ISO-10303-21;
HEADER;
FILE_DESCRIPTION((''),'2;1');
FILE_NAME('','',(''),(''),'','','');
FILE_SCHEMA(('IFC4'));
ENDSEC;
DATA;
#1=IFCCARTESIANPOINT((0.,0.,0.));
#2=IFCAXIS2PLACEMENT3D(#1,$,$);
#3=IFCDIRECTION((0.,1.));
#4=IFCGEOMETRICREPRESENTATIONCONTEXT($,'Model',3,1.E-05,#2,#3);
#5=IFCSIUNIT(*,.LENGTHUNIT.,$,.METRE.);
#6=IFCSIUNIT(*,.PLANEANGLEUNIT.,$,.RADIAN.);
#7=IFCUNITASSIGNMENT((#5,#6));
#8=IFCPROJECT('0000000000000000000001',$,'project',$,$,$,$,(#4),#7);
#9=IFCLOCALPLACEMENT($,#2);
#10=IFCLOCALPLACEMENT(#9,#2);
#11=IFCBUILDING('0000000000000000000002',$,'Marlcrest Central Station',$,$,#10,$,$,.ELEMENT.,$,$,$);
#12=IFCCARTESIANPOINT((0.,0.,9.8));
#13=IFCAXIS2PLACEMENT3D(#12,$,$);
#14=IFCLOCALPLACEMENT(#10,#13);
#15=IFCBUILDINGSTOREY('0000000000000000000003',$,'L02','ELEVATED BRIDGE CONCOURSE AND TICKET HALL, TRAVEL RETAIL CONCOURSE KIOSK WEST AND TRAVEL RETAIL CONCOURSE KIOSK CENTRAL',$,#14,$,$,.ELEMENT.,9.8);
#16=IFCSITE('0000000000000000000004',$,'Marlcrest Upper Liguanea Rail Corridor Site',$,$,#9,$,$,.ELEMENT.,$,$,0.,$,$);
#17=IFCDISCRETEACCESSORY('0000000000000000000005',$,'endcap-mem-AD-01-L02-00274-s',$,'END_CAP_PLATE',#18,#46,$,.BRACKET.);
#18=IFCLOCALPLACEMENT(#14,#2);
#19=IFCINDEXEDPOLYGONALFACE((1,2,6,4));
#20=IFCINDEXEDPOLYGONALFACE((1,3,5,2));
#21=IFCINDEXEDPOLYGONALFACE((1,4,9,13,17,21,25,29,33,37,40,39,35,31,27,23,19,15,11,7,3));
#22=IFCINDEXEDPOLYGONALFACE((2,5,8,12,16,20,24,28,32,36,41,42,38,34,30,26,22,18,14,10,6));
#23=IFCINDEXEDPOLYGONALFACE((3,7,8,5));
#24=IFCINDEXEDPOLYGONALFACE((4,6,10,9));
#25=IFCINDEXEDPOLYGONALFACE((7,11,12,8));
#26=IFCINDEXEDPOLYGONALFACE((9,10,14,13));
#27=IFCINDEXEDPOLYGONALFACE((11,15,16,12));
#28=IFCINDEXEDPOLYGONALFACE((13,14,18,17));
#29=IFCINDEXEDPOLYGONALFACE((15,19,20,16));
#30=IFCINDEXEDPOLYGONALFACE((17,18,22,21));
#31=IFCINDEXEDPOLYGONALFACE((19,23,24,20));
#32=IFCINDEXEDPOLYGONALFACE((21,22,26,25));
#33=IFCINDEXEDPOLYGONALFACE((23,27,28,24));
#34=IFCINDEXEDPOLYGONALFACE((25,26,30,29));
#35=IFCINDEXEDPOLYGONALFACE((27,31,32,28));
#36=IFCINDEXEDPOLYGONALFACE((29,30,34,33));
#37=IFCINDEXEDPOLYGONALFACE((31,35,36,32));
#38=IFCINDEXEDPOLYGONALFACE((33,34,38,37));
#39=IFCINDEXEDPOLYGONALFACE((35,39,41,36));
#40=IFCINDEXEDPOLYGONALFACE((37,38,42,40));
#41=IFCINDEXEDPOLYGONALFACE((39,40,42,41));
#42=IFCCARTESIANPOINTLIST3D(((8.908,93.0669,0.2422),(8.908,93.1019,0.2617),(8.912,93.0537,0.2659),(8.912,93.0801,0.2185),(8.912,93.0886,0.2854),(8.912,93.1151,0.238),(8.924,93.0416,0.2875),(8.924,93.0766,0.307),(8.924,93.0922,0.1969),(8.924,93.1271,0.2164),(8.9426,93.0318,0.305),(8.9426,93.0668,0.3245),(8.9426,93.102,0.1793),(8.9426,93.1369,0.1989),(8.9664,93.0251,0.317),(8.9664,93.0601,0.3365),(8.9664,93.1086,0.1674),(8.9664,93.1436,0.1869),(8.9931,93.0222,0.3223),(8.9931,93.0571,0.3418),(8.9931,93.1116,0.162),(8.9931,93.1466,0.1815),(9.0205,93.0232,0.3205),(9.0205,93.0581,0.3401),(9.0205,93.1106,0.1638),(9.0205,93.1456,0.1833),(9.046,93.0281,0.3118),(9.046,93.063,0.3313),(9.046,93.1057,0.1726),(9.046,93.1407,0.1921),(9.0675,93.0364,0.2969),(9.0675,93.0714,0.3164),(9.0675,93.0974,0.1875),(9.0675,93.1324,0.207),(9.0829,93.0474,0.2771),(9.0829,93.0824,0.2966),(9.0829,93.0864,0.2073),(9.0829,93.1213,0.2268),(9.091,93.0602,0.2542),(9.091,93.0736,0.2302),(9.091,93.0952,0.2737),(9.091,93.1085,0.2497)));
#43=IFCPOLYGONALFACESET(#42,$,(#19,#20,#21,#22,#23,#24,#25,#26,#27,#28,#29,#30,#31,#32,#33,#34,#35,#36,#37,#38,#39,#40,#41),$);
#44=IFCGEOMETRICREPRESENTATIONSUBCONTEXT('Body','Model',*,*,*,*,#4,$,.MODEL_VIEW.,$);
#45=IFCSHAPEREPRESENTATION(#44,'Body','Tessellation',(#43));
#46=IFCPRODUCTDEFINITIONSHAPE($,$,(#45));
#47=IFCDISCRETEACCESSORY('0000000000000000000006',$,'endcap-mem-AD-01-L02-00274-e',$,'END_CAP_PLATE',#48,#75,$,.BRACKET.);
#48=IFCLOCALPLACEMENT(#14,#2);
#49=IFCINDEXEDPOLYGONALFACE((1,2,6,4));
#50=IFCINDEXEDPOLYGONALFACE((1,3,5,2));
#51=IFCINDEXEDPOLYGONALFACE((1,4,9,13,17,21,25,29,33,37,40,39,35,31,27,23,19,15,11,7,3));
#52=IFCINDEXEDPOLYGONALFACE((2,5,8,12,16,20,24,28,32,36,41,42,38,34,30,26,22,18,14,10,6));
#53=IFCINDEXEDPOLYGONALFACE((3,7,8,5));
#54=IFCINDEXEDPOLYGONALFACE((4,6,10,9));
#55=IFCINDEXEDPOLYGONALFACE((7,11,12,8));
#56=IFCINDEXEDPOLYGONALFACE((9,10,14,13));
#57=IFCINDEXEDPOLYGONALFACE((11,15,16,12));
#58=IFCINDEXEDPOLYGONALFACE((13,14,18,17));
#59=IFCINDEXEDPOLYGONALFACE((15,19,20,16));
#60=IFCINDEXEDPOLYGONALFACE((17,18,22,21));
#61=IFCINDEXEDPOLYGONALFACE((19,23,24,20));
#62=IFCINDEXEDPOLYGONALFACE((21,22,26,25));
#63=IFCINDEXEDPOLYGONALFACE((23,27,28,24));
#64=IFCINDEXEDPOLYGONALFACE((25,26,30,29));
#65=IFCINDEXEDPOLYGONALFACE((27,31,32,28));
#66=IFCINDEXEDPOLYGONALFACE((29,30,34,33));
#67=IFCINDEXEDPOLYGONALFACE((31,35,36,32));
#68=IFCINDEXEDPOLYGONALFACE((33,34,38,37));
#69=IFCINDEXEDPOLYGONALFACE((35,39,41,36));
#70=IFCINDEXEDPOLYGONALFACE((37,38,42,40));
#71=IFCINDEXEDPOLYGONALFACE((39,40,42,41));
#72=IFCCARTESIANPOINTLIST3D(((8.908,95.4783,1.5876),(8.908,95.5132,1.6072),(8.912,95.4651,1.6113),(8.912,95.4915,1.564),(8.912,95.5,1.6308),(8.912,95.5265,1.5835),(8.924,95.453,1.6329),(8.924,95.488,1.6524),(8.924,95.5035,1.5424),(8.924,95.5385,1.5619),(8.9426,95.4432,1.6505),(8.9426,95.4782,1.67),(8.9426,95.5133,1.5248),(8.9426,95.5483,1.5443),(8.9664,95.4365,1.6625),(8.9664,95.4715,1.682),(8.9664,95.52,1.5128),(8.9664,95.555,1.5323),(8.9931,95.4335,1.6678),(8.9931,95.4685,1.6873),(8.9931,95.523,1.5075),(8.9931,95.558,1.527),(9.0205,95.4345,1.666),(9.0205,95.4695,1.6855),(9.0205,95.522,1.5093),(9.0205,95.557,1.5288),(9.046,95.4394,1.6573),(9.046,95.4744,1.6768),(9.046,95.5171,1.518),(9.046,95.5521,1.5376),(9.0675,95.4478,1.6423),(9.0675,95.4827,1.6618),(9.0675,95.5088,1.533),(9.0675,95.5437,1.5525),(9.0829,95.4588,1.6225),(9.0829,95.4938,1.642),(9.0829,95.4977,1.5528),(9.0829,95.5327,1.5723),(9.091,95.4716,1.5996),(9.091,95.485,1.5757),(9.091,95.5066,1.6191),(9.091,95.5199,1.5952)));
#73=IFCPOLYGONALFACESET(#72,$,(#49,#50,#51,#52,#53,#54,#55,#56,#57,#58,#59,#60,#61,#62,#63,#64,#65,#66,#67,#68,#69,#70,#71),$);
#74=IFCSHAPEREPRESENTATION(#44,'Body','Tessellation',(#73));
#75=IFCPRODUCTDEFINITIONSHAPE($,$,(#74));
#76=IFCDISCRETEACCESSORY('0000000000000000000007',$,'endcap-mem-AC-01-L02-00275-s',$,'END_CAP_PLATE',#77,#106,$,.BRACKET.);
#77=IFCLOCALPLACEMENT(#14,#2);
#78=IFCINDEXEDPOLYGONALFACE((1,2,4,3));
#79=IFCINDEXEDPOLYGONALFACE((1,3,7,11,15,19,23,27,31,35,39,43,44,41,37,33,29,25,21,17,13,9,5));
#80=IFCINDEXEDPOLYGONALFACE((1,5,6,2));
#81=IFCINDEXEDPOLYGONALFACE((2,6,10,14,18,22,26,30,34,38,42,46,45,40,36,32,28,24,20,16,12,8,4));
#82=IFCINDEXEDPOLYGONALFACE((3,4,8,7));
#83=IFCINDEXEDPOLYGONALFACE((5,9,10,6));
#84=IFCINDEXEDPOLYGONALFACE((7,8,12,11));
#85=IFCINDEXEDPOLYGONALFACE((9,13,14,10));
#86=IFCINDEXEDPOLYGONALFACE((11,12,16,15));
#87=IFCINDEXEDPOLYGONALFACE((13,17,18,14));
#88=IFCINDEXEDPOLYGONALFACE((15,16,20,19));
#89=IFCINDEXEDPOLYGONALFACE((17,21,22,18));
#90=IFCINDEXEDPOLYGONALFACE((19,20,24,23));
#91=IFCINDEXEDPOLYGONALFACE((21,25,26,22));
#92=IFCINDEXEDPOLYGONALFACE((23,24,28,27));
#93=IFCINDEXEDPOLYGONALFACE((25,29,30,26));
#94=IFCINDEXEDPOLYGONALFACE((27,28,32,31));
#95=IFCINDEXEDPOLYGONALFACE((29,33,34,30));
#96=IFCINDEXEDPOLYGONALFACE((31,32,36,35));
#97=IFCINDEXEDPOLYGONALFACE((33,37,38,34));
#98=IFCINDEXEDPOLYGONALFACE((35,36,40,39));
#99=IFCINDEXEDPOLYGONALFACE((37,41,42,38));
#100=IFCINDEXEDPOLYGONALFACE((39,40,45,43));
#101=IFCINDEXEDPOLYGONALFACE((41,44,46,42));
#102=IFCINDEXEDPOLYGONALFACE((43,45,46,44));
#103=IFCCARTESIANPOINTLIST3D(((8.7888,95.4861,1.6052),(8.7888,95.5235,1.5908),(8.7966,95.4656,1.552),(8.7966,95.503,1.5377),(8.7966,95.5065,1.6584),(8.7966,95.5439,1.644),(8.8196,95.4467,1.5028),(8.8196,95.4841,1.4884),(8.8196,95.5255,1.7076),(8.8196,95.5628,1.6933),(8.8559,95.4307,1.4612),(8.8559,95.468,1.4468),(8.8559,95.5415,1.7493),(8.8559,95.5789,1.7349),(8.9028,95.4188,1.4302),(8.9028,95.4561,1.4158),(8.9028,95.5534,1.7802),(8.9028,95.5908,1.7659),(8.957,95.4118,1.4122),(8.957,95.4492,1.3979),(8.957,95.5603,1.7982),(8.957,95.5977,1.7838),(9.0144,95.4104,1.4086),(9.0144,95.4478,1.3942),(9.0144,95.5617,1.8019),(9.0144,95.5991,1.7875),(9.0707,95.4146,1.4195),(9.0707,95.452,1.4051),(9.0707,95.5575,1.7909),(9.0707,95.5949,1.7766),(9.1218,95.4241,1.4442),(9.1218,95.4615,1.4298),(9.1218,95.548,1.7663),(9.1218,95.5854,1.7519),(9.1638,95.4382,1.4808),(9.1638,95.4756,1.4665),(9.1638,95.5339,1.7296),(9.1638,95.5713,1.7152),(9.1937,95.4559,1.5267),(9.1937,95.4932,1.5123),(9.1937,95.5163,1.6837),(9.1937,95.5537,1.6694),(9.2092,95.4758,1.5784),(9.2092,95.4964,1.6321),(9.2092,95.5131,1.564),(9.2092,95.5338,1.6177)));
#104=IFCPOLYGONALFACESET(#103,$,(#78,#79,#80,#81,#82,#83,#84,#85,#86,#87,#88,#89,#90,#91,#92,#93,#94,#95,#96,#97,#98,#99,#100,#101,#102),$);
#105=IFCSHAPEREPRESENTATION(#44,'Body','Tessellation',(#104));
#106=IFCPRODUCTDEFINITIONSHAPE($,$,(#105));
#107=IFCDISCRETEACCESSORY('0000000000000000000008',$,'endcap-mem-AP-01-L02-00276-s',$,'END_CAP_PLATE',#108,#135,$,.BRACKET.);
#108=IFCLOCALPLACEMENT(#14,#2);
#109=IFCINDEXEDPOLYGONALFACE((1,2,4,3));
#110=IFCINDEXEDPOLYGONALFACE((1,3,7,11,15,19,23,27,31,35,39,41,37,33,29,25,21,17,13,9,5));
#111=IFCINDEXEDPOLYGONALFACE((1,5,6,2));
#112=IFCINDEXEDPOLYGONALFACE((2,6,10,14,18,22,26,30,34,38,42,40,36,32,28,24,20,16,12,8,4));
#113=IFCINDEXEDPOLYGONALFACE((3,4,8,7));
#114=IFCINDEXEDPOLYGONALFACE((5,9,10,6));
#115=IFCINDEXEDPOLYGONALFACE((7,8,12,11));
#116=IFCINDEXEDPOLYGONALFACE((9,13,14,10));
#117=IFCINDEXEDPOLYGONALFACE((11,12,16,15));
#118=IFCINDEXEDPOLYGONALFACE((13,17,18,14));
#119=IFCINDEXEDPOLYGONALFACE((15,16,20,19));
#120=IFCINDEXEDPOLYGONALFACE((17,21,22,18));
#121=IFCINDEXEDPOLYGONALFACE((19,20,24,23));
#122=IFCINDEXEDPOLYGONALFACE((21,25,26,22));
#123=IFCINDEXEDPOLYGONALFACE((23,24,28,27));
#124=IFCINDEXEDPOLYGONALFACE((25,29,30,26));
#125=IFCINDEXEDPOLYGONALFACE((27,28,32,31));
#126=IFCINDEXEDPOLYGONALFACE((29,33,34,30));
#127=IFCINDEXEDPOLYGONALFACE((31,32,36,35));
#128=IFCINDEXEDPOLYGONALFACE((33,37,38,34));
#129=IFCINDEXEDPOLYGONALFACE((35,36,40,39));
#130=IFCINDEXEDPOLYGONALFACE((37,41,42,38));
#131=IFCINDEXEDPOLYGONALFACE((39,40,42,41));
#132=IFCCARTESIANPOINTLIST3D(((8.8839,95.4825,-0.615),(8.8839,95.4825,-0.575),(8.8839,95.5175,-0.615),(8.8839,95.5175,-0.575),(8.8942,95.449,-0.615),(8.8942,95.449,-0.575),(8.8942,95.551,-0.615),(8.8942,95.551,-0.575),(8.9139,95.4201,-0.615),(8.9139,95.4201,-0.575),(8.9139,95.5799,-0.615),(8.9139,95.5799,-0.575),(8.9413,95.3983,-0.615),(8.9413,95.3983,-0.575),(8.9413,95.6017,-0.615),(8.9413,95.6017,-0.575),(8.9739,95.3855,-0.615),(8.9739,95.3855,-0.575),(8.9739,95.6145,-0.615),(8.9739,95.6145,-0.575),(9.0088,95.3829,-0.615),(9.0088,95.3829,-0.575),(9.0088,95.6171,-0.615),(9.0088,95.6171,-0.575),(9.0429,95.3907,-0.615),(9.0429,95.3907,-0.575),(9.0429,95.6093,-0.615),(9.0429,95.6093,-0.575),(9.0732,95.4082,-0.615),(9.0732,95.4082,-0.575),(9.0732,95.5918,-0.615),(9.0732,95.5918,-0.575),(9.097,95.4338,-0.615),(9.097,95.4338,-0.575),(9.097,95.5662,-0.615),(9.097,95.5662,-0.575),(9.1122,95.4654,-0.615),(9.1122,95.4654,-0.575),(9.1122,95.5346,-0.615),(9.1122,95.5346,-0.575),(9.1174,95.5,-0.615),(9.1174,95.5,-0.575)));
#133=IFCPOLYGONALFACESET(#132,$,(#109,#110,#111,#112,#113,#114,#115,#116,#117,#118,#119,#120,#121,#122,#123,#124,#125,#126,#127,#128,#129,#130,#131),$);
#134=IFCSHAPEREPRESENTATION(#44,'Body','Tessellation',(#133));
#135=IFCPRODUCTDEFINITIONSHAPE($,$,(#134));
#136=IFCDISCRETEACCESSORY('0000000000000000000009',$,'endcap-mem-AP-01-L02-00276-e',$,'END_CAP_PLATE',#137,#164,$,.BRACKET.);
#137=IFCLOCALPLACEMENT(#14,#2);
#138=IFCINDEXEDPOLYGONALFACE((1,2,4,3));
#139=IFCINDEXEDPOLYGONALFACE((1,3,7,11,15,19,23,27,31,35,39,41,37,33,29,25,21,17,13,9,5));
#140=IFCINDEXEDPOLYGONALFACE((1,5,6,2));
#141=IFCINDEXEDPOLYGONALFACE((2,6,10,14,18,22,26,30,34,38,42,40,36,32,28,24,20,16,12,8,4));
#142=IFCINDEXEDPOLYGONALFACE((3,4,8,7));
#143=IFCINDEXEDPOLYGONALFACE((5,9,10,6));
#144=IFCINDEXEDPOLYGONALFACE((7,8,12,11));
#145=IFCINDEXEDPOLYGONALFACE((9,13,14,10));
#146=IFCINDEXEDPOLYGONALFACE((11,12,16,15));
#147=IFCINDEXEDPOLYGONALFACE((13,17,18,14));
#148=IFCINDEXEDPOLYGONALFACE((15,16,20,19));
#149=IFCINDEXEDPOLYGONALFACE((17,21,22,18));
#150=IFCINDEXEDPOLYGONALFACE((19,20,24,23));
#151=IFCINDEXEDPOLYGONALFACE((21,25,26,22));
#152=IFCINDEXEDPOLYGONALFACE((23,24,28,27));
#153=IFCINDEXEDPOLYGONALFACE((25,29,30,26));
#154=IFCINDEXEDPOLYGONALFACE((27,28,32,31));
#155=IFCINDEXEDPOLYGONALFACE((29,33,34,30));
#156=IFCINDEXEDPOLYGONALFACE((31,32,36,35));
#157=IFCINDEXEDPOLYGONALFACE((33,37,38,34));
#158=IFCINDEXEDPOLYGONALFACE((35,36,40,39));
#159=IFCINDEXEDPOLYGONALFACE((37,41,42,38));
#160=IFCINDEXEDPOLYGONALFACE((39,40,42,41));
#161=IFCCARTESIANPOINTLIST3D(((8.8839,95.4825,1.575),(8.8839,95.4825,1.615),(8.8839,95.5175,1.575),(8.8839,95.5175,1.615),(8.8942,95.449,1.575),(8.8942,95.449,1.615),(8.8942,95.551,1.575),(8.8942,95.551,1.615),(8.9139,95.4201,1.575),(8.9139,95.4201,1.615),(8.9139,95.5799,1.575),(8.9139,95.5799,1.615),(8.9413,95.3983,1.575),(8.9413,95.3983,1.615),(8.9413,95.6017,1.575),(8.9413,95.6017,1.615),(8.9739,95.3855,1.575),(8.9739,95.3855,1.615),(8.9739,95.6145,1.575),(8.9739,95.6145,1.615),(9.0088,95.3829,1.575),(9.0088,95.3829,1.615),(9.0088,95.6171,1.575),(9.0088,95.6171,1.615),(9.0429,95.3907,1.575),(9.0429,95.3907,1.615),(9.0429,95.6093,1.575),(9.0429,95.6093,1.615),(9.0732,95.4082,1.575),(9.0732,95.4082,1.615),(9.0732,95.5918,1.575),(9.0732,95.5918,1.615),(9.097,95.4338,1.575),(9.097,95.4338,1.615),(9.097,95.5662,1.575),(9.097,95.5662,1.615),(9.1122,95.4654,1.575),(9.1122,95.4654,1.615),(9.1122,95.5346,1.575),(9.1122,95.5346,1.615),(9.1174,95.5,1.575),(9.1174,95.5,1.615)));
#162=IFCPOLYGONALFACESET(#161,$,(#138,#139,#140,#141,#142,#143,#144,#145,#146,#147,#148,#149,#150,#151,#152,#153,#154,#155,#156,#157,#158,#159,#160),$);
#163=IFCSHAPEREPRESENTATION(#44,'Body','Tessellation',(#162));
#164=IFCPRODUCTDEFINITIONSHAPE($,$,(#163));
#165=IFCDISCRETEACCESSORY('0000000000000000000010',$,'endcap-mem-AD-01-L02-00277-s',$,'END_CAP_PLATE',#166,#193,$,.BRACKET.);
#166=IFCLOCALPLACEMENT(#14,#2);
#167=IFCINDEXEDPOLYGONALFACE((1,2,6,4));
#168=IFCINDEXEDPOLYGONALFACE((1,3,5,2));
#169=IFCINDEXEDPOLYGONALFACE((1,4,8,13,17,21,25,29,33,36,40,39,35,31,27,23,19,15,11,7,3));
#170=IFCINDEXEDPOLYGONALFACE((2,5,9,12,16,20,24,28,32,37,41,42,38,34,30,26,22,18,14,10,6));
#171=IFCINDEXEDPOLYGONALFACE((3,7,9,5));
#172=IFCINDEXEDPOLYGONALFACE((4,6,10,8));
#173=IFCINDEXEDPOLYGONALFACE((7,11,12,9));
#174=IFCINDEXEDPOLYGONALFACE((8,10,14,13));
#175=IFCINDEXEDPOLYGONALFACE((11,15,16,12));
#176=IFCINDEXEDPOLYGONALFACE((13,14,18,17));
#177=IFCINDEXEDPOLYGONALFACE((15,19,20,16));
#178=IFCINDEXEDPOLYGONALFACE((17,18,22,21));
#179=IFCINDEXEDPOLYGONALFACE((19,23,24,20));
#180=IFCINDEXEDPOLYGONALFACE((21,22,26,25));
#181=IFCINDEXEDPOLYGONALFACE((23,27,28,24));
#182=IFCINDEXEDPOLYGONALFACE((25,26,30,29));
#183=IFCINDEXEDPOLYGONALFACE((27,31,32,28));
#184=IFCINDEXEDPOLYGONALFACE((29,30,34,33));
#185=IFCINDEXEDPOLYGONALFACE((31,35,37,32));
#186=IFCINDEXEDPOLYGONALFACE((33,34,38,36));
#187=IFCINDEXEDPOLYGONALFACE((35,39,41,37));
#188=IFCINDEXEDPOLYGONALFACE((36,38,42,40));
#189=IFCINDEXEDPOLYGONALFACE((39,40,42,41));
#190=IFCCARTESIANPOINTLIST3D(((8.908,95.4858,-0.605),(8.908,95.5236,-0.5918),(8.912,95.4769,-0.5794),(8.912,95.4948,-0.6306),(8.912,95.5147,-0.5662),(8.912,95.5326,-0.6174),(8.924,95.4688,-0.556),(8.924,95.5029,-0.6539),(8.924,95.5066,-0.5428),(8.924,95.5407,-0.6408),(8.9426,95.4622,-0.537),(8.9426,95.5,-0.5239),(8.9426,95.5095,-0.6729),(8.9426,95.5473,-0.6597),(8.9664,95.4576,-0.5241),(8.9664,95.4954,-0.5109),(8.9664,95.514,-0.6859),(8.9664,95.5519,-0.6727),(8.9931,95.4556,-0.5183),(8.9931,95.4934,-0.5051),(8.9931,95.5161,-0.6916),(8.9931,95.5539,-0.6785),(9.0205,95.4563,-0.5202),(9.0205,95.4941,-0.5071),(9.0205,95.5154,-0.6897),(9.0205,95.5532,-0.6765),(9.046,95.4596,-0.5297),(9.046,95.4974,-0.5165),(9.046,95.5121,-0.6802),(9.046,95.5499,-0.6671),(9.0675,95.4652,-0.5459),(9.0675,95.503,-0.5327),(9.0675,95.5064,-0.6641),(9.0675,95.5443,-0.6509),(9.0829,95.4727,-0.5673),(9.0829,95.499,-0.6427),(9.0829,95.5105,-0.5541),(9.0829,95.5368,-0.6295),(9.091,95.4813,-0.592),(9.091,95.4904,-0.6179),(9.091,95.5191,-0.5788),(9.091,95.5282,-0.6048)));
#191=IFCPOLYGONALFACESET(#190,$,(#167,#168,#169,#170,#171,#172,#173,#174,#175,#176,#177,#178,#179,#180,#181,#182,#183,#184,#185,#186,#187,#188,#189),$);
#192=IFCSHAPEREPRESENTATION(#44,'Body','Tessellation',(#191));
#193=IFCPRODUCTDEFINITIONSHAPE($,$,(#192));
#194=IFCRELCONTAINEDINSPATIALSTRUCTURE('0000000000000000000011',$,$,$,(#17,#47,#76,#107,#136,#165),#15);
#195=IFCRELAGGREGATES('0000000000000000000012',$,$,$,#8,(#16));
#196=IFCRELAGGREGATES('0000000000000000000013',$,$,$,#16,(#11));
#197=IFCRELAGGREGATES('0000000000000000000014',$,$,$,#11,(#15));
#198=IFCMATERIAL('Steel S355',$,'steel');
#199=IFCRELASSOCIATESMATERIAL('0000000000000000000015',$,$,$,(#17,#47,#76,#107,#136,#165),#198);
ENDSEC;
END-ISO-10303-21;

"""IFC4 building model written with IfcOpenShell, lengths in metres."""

from ifc_helpers import new_model, si_unit, direction, frame, origin, origin_2d, place, context, subcontext, project, spatial, circle, extrude, material, element, save


model = new_model("IFC4")

# Units and contexts
model_context = context("Model", 3, precision=1e-05, world=origin(), true_north=direction((0.0, 1.0)))
body_context = subcontext(model_context, "Body", "Model", "MODEL_VIEW")
ifc_project = project(units=[si_unit("LENGTHUNIT", "METRE"), si_unit("PLANEANGLEUNIT", "RADIAN")], contexts=[model_context])

# Site, building, storey
site_placement = place(None, origin())
site = spatial("IfcSite", under=ifc_project, at=site_placement, Name="Marlcrest Upper Liguanea Rail Corridor Site", CompositionType="ELEMENT", RefElevation=0.0)
building_placement = place(site_placement, origin())
building = spatial("IfcBuilding", under=site, at=building_placement, Name="Marlcrest Central Station", CompositionType="ELEMENT")
storey_placement = place(building_placement, frame((0.0, 0.0, 9.8)))
storey = spatial("IfcBuildingStorey", under=building, at=storey_placement, Name="L02", Description="ELEVATED BRIDGE CONCOURSE AND TICKET HALL, TRAVEL RETAIL CONCOURSE KIOSK WEST AND TRAVEL RETAIL CONCOURSE KIOSK CENTRAL", CompositionType="ELEMENT", Elevation=9.8)

# Shared definitions
ifc_material_1 = material(Name="Steel S355", Category="steel")

# Discrete accessories
for number, where, z_axis, x_axis, name in (
    (1, (9.0, 93.0669, 0.2422), (0.0, 0.873246, 0.48728), (-1.0, 0.0, 0.0), "endcap-mem-AD-01-L02-00274-s"),
    (2, (9.0, 95.4783, 1.5876), (0.0, 0.873246, 0.48728), (-1.0, 0.0, 0.0), "endcap-mem-AD-01-L02-00274-e"),
):
    element("IfcDiscreteAccessory", number, at=place(storey_placement, frame(where, z_axis=z_axis, x_axis=x_axis)), inside=storey, material=ifc_material_1, Name=name, ObjectType="END_CAP_PLATE", PredefinedType="BRACKET", context=body_context, shape_type="SweptSolid", body=[
        extrude(circle(Radius=0.092, at=origin_2d()), origin(), (0.0, 0.0, 1.0), 0.04),
    ])
discrete_accessory_1_placement = place(storey_placement, frame((9.0, 95.4861, 1.6052), z_axis=(0.0, 0.933324, -0.359035), x_axis=(-1.0, 0.0, 0.0)))
element("IfcDiscreteAccessory", 3, at=discrete_accessory_1_placement, inside=storey, material=ifc_material_1, Name="endcap-mem-AC-01-L02-00275-s", ObjectType="END_CAP_PLATE", PredefinedType="BRACKET", context=body_context, shape_type="SweptSolid", body=[
    extrude(circle(Radius=0.2112, at=origin_2d()), origin(), (0.0, 0.0, 1.0), 0.04),
])
for number, where, z_axis, x_axis, name in (
    (4, (9.0, 95.5, -0.615), (0.0, 0.0, 1.0), (1.0, 0.0, 0.0), "endcap-mem-AP-01-L02-00276-s"),
    (5, (9.0, 95.5, 1.575), (0.0, 0.0, 1.0), (1.0, 0.0, 0.0), "endcap-mem-AP-01-L02-00276-e"),
):
    element("IfcDiscreteAccessory", number, at=place(storey_placement, frame(where, z_axis=z_axis, x_axis=x_axis)), inside=storey, material=ifc_material_1, Name=name, ObjectType="END_CAP_PLATE", PredefinedType="BRACKET", context=body_context, shape_type="SweptSolid", body=[
        extrude(circle(Radius=0.1174, at=origin_2d()), origin(), (0.0, 0.0, 1.0), 0.04),
    ])
discrete_accessory_2_placement = place(storey_placement, frame((9.0, 95.4858, -0.605), z_axis=(0.0, 0.94426, 0.3292), x_axis=(-1.0, 0.0, 0.0)))
element("IfcDiscreteAccessory", 6, at=discrete_accessory_2_placement, inside=storey, material=ifc_material_1, Name="endcap-mem-AD-01-L02-00277-s", ObjectType="END_CAP_PLATE", PredefinedType="BRACKET", context=body_context, shape_type="SweptSolid", body=[
    extrude(circle(Radius=0.092, at=origin_2d()), origin(), (0.0, 0.0, 1.0), 0.04),
])

save(model, "model.ifc")
